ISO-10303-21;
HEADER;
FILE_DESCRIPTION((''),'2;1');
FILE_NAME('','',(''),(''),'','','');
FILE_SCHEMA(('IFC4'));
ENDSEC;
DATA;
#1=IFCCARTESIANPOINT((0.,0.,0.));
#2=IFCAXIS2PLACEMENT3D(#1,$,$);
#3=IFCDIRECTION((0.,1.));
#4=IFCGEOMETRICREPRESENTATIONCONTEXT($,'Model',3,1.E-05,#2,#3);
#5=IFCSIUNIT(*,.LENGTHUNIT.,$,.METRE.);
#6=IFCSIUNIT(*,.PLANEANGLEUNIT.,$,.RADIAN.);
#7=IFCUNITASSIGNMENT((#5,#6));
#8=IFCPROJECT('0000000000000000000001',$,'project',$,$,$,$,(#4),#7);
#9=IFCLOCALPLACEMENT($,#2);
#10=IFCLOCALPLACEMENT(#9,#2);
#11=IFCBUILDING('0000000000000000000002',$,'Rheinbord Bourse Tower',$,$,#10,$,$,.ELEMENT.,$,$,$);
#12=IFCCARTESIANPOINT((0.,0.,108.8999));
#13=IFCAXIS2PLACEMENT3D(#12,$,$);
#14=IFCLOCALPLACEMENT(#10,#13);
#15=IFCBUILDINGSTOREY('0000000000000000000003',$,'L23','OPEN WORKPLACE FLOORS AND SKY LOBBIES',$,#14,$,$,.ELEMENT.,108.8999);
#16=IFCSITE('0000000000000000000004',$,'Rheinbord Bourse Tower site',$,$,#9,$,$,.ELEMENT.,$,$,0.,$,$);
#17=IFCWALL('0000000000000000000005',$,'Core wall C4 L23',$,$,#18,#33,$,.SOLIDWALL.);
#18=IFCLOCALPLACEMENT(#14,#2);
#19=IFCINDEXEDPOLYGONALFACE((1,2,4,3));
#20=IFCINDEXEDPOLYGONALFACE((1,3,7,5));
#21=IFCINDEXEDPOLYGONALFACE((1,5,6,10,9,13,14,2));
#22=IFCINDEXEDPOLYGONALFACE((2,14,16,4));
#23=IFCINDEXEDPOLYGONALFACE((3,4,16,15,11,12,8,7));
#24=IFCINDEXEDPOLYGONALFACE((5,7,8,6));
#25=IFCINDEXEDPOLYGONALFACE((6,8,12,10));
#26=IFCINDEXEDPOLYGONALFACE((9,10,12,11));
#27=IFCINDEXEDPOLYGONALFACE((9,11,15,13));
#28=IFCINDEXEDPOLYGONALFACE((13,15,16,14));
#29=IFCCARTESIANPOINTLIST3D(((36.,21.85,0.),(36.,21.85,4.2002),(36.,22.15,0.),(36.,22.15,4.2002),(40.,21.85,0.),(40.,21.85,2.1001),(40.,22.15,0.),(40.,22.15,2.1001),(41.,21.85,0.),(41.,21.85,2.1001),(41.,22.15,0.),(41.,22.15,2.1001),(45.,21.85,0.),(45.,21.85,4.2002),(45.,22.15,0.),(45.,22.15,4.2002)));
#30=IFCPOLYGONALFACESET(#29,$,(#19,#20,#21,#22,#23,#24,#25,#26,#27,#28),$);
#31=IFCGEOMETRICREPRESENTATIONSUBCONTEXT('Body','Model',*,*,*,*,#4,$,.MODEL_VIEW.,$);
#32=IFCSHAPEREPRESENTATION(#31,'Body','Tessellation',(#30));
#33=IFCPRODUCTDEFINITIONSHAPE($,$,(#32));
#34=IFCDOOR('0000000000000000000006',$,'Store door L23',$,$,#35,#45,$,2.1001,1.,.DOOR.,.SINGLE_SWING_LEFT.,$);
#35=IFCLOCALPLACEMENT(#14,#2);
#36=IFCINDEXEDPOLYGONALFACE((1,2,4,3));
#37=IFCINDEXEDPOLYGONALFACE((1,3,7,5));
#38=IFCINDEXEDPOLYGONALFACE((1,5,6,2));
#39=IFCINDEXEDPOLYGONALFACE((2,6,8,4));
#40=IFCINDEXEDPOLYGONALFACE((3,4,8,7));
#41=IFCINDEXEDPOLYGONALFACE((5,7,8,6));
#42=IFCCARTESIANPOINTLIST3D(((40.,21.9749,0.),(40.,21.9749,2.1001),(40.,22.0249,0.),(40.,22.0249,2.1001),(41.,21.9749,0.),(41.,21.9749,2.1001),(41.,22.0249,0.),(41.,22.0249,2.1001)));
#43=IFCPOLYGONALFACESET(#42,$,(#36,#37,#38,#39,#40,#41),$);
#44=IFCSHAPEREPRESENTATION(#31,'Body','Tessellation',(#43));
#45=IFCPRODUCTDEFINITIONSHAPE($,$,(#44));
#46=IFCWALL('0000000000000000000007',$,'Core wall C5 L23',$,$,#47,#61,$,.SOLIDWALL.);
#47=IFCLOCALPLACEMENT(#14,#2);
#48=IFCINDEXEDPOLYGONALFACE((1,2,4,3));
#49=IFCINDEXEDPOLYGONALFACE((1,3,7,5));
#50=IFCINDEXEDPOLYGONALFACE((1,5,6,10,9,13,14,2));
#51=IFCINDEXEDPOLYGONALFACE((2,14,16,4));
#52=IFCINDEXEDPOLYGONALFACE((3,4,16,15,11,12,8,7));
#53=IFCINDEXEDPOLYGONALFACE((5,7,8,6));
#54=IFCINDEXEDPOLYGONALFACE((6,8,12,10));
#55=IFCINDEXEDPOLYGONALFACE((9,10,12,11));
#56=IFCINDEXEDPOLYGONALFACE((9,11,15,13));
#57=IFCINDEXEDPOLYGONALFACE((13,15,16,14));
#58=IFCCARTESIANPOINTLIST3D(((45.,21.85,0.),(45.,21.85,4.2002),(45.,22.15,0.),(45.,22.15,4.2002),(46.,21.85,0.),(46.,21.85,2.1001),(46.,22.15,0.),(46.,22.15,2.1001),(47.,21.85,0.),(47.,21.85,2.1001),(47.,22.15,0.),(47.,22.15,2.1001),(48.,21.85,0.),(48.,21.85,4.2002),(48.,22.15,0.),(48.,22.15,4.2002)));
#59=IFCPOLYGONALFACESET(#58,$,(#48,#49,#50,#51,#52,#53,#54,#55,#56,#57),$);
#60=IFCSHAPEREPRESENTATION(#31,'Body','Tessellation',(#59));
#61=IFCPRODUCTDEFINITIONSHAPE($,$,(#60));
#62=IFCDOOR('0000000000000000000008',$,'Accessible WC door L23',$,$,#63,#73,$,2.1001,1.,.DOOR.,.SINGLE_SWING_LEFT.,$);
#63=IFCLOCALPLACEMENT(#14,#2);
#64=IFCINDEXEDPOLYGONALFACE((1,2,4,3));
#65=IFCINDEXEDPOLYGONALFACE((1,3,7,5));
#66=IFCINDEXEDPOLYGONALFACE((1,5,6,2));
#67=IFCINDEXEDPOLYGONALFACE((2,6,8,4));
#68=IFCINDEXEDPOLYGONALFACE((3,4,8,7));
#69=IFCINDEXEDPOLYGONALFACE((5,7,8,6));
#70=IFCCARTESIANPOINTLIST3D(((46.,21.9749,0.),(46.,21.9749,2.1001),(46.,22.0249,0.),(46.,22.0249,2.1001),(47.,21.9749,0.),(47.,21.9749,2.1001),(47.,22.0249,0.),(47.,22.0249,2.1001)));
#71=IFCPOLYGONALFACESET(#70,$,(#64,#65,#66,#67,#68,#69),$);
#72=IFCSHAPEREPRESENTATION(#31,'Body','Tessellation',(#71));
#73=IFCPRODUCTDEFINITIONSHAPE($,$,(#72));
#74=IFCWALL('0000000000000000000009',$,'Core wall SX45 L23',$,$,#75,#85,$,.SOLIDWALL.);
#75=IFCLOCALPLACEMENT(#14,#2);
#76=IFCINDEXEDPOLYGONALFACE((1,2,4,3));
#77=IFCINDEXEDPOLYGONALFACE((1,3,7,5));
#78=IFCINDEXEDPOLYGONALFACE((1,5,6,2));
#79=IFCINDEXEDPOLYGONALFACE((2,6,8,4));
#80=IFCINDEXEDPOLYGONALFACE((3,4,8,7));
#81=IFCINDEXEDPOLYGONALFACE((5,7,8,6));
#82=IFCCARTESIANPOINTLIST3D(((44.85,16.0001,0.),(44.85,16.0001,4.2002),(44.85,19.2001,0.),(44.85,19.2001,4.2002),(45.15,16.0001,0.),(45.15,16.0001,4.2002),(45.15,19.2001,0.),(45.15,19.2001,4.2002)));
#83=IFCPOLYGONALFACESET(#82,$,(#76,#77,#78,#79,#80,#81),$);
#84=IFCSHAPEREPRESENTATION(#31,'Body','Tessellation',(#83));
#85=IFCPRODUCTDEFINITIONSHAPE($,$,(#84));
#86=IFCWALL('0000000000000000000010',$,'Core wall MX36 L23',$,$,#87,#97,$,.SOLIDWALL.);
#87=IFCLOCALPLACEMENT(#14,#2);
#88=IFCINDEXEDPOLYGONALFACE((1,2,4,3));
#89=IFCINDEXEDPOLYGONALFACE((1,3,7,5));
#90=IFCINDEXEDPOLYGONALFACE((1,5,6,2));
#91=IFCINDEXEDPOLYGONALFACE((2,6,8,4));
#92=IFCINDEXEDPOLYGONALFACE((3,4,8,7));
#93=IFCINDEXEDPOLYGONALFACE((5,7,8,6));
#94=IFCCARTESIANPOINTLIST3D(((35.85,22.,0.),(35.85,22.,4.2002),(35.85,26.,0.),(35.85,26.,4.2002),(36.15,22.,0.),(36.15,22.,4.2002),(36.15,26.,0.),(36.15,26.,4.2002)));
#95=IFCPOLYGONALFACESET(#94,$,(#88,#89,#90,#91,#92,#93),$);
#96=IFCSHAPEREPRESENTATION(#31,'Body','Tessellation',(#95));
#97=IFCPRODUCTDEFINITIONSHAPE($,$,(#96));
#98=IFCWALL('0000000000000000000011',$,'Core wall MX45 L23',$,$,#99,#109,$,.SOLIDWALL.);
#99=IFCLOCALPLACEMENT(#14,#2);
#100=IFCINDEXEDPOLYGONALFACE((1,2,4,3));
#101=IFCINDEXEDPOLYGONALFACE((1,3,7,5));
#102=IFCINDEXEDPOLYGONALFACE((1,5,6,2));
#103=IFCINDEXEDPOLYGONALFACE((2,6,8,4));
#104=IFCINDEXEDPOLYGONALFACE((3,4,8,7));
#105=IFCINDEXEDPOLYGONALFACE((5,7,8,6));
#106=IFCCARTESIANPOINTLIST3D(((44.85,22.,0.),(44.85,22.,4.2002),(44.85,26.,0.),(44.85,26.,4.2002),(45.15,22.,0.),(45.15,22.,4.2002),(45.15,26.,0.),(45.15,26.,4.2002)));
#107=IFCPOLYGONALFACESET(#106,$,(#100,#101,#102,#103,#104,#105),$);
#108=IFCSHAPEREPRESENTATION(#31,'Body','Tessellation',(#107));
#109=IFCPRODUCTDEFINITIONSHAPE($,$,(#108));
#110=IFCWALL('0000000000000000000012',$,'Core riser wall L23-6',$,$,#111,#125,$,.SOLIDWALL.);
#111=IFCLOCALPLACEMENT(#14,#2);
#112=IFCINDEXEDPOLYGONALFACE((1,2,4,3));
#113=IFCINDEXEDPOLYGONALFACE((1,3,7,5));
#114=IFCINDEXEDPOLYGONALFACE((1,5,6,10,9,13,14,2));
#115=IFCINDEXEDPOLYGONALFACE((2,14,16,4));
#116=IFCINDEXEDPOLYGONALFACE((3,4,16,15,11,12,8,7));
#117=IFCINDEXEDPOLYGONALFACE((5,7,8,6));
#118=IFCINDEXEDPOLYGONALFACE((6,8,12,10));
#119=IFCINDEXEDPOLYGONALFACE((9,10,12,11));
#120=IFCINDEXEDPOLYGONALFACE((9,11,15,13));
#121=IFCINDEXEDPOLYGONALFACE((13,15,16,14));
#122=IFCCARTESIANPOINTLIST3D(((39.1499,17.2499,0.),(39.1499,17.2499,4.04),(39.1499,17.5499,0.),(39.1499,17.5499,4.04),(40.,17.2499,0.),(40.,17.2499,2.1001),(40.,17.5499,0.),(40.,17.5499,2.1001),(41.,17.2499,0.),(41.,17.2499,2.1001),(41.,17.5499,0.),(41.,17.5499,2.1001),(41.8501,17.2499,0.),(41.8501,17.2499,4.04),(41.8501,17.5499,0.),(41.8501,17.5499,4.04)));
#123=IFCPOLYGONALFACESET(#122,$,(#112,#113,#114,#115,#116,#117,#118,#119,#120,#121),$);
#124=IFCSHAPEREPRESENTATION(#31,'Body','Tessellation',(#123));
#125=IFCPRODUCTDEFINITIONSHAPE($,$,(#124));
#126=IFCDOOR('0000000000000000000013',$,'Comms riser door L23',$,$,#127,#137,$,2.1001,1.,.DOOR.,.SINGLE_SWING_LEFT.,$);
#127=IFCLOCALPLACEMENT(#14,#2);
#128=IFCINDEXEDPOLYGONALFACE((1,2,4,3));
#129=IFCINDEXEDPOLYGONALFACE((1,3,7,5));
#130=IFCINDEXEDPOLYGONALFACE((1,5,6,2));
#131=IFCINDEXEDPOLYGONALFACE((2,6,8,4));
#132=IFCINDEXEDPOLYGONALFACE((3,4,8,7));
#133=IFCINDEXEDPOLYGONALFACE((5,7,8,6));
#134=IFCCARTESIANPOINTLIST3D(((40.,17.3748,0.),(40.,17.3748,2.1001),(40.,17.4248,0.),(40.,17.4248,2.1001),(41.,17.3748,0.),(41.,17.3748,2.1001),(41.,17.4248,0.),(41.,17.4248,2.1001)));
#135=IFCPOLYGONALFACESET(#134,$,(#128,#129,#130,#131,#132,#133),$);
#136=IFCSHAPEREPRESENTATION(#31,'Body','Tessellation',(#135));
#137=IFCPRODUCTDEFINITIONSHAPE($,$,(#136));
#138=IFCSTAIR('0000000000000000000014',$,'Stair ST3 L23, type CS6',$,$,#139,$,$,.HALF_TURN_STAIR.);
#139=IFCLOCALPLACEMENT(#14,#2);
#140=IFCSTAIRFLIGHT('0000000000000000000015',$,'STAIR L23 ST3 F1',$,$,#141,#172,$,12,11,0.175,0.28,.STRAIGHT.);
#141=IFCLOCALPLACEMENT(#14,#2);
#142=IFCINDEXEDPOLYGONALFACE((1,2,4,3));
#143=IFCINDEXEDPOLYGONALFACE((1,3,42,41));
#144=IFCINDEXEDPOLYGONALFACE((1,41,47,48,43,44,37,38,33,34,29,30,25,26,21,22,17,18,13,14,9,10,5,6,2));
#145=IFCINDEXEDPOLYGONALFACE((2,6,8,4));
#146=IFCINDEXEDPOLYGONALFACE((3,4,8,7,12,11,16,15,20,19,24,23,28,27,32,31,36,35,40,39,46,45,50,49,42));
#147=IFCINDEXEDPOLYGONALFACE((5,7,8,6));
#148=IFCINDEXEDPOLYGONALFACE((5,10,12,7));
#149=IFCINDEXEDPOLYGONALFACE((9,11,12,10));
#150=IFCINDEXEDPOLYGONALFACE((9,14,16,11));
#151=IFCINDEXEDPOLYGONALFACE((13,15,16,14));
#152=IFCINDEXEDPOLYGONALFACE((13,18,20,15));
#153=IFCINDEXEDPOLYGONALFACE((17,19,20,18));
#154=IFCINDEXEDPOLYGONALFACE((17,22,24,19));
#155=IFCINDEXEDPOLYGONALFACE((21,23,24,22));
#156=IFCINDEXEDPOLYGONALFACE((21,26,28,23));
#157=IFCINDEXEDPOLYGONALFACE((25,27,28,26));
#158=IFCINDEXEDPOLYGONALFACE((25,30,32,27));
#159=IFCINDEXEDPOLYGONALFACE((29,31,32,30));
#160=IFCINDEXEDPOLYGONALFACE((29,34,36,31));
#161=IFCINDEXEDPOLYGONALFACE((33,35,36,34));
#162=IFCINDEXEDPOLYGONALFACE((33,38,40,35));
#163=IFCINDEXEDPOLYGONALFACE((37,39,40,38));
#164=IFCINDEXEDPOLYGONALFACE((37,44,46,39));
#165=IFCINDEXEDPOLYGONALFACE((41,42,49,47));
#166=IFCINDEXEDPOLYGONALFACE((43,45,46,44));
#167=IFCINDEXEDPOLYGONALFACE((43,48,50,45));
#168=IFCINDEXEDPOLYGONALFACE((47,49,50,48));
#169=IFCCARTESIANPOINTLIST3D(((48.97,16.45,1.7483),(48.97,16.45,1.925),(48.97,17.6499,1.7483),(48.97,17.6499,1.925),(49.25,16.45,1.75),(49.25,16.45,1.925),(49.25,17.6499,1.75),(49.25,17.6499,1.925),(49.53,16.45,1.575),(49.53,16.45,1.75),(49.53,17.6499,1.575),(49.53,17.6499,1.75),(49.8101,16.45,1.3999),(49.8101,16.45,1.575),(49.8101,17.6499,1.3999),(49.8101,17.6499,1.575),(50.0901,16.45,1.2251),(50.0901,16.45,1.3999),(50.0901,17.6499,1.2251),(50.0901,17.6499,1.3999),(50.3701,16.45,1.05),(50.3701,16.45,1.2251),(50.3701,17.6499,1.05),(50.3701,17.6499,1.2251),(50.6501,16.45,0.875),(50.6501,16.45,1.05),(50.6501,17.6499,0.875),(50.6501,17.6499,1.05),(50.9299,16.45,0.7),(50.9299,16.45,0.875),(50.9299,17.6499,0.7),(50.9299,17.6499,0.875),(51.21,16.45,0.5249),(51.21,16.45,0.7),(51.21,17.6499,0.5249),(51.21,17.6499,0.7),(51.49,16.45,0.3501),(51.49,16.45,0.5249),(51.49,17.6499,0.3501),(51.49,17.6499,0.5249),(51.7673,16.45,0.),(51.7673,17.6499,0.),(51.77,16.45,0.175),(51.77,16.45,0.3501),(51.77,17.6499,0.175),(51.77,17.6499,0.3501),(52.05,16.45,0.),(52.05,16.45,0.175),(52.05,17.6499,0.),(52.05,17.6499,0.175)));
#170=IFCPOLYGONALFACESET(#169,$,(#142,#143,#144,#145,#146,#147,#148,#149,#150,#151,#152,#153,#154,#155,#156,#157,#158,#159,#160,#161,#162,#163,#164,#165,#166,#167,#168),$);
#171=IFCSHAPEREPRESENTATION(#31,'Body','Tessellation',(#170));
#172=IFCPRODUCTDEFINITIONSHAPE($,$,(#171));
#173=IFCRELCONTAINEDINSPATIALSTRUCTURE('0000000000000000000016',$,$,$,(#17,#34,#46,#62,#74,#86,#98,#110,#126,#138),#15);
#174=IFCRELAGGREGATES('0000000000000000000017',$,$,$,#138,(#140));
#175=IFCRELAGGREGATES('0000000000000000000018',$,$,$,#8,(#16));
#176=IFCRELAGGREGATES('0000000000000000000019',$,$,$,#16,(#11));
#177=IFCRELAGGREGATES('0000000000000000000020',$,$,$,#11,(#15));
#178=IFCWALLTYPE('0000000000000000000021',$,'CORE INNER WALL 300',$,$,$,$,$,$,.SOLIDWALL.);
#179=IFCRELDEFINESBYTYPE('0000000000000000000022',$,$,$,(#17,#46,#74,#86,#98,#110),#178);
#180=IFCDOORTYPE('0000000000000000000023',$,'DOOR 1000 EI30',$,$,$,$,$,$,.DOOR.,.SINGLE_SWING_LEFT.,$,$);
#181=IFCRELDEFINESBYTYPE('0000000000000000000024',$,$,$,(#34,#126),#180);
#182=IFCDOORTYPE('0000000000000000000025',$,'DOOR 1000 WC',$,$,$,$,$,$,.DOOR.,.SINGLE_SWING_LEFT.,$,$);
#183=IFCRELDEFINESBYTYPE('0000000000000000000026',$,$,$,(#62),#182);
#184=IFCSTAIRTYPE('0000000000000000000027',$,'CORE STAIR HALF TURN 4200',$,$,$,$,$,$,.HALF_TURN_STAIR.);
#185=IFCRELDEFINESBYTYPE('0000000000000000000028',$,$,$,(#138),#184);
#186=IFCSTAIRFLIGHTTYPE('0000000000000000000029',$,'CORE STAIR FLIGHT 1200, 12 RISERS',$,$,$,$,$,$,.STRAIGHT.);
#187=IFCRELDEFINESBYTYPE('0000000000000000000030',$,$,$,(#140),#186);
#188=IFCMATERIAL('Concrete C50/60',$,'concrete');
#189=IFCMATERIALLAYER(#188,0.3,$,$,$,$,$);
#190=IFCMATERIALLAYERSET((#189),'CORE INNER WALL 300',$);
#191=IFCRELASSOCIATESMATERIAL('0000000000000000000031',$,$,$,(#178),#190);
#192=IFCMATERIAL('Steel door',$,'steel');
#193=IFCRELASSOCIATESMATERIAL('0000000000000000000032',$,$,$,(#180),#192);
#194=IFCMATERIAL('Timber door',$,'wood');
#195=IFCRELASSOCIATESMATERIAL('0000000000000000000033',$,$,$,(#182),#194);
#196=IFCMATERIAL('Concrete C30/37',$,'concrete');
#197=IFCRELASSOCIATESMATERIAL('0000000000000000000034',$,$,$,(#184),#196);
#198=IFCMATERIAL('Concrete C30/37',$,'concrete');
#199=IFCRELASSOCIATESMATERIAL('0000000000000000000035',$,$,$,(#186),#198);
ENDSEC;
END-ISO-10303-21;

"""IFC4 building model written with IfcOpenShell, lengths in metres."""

from ifc_helpers import new_model, si_unit, direction, frame, frame_2d, origin, place, context, subcontext, project, spatial, polyline, rectangle, outline, extrude, material, layer, layer_set, type_object, element, fill, aggregate, save


model = new_model("IFC4")

# Units and contexts
model_context = context("Model", 3, precision=1e-05, world=origin(), true_north=direction((0.0, 1.0)))
body_context = subcontext(model_context, "Body", "Model", "MODEL_VIEW")
ifc_project = project(units=[si_unit("LENGTHUNIT", "METRE"), si_unit("PLANEANGLEUNIT", "RADIAN")], contexts=[model_context])

# Site, building, storey
site_placement = place(None, origin())
site = spatial("IfcSite", under=ifc_project, at=site_placement, Name="Rheinbord Bourse Tower site", CompositionType="ELEMENT", RefElevation=0.0)
building_placement = place(site_placement, origin())
building = spatial("IfcBuilding", under=site, at=building_placement, Name="Rheinbord Bourse Tower", CompositionType="ELEMENT")
storey_placement = place(building_placement, frame((0.0, 0.0, 108.8999)))
storey = spatial("IfcBuildingStorey", under=building, at=storey_placement, Name="L23", Description="OPEN WORKPLACE FLOORS AND SKY LOBBIES", CompositionType="ELEMENT", Elevation=108.8999)

# Shared definitions
ifc_material_1 = material(Name="Concrete C50/60", Category="concrete")
ifc_layer = layer(ifc_material_1, 0.3)
ifc_layer_set = layer_set([ifc_layer], Name="CORE INNER WALL 300")
wall_type = type_object("IfcWallType", Name="CORE INNER WALL 300", PredefinedType="SOLIDWALL", material=ifc_layer_set)
ifc_material_2 = material(Name="Steel door", Category="steel")
door_type_1 = type_object("IfcDoorType", Name="DOOR 1000 EI30", OperationType="SINGLE_SWING_LEFT", PredefinedType="DOOR", material=ifc_material_2)

# Walls, openings, doors
wall_1_placement = place(storey_placement, frame((36.0, 22.0, 0.0), z_axis=(0.0, 0.0, 1.0), x_axis=(1.0, 0.0, 0.0)))
wall_1 = element("IfcWall", 1, at=wall_1_placement, inside=storey, type_object=wall_type, Name="Core wall C4 L23", PredefinedType="SOLIDWALL", context=body_context, shape_type="SweptSolid", body=[
    extrude(rectangle(XDim=9.0, YDim=0.3, at=frame_2d((4.5, 0.0))), origin(), (0.0, 0.0, 1.0), 4.2002),
])
opening_1_placement = place(wall_1_placement, frame((4.0, 0.0, 0.0)))
opening_1 = element("IfcOpeningElement", 2, at=opening_1_placement, cuts=wall_1, PredefinedType="OPENING", context=body_context, shape_type="SweptSolid", body=[
    extrude(rectangle(XDim=1.0, YDim=2.1001, at=frame_2d((0.5, 1.05))), frame((0.0, 0.1599, 0.0), z_axis=(0.0, -1.0, 0.0), x_axis=(1.0, 0.0, 0.0)), (0.0, 0.0, 1.0), 0.3201),
])
door_1_placement = place(opening_1_placement, origin())
door_1 = element("IfcDoor", 3, at=door_1_placement, inside=storey, type_object=door_type_1, Name="Store door L23", OperationType="SINGLE_SWING_LEFT", OverallHeight=2.1001, OverallWidth=1.0, PredefinedType="DOOR", context=body_context, shape_type="SweptSolid", body=[
    extrude(rectangle(XDim=1.0, YDim=2.1001, at=frame_2d((0.5, 1.05))), frame((0.0, 0.0249, 0.0), z_axis=(0.0, -1.0, 0.0), x_axis=(1.0, 0.0, 0.0)), (0.0, 0.0, 1.0), 0.05),
])
fill(opening_1, door_1)
wall_2_placement = place(storey_placement, frame((45.0, 22.0, 0.0), z_axis=(0.0, 0.0, 1.0), x_axis=(1.0, 0.0, 0.0)))
wall_2 = element("IfcWall", 4, at=wall_2_placement, inside=storey, type_object=wall_type, Name="Core wall C5 L23", PredefinedType="SOLIDWALL", context=body_context, shape_type="SweptSolid", body=[
    extrude(rectangle(XDim=3.0, YDim=0.3, at=frame_2d((1.5, 0.0))), origin(), (0.0, 0.0, 1.0), 4.2002),
])
opening_2_placement = place(wall_2_placement, frame((1.0, 0.0, 0.0)))
opening_2 = element("IfcOpeningElement", 5, at=opening_2_placement, cuts=wall_2, PredefinedType="OPENING", context=body_context, shape_type="SweptSolid", body=[
    extrude(rectangle(XDim=1.0, YDim=2.1001, at=frame_2d((0.5, 1.05))), frame((0.0, 0.1599, 0.0), z_axis=(0.0, -1.0, 0.0), x_axis=(1.0, 0.0, 0.0)), (0.0, 0.0, 1.0), 0.3201),
])
ifc_material_3 = material(Name="Timber door", Category="wood")
door_type_2 = type_object("IfcDoorType", Name="DOOR 1000 WC", OperationType="SINGLE_SWING_LEFT", PredefinedType="DOOR", material=ifc_material_3)
door_2_placement = place(opening_2_placement, origin())
door_2 = element("IfcDoor", 6, at=door_2_placement, inside=storey, type_object=door_type_2, Name="Accessible WC door L23", OperationType="SINGLE_SWING_LEFT", OverallHeight=2.1001, OverallWidth=1.0, PredefinedType="DOOR", context=body_context, shape_type="SweptSolid", body=[
    extrude(rectangle(XDim=1.0, YDim=2.1001, at=frame_2d((0.5, 1.05))), frame((0.0, 0.0249, 0.0), z_axis=(0.0, -1.0, 0.0), x_axis=(1.0, 0.0, 0.0)), (0.0, 0.0, 1.0), 0.05),
])
fill(opening_2, door_2)

# Walls
wall_3_placement = place(storey_placement, frame((45.0, 16.0, 0.0), z_axis=(0.0, 0.0, 1.0), x_axis=(0.0, 1.0, 0.0)))
element("IfcWall", 7, at=wall_3_placement, inside=storey, type_object=wall_type, Name="Core wall SX45 L23", PredefinedType="SOLIDWALL", context=body_context, shape_type="SweptSolid", body=[
    extrude(rectangle(XDim=3.2, YDim=0.3, at=frame_2d((1.6001, 0.0))), origin(), (0.0, 0.0, 1.0), 4.2002),
])
for number, where, z_axis, x_axis, name in (
    (8, (36.0, 22.0, 0.0), (0.0, 0.0, 1.0), (0.0, 1.0, 0.0), "Core wall MX36 L23"),
    (9, (45.0, 22.0, 0.0), (0.0, 0.0, 1.0), (0.0, 1.0, 0.0), "Core wall MX45 L23"),
):
    element("IfcWall", number, at=place(storey_placement, frame(where, z_axis=z_axis, x_axis=x_axis)), inside=storey, type_object=wall_type, Name=name, PredefinedType="SOLIDWALL", context=body_context, shape_type="SweptSolid", body=[
        extrude(rectangle(XDim=4.0, YDim=0.3, at=frame_2d((2.0, 0.0))), origin(), (0.0, 0.0, 1.0), 4.2002),
    ])

# Wall, opening, door
wall_4_placement = place(storey_placement, frame((39.1499, 17.3999, 0.0), z_axis=(0.0, 0.0, 1.0), x_axis=(1.0, 0.0, 0.0)))
wall_4 = element("IfcWall", 10, at=wall_4_placement, inside=storey, type_object=wall_type, Name="Core riser wall L23-6", PredefinedType="SOLIDWALL", context=body_context, shape_type="SweptSolid", body=[
    extrude(rectangle(XDim=2.7002, YDim=0.3, at=frame_2d((1.3501, 0.0))), origin(), (0.0, 0.0, 1.0), 4.04),
])
opening_3_placement = place(wall_4_placement, frame((0.8501, 0.0, 0.0)))
opening_3 = element("IfcOpeningElement", 11, at=opening_3_placement, cuts=wall_4, PredefinedType="OPENING", context=body_context, shape_type="SweptSolid", body=[
    extrude(rectangle(XDim=1.0, YDim=2.1001, at=frame_2d((0.5, 1.05))), frame((0.0, 0.1599, 0.0), z_axis=(0.0, -1.0, 0.0), x_axis=(1.0, 0.0, 0.0)), (0.0, 0.0, 1.0), 0.3201),
])
door_3_placement = place(opening_3_placement, origin())
door_3 = element("IfcDoor", 12, at=door_3_placement, inside=storey, type_object=door_type_1, Name="Comms riser door L23", OperationType="SINGLE_SWING_LEFT", OverallHeight=2.1001, OverallWidth=1.0, PredefinedType="DOOR", context=body_context, shape_type="SweptSolid", body=[
    extrude(rectangle(XDim=1.0, YDim=2.1001, at=frame_2d((0.5, 1.05))), frame((0.0, 0.0249, 0.0), z_axis=(0.0, -1.0, 0.0), x_axis=(1.0, 0.0, 0.0)), (0.0, 0.0, 1.0), 0.05),
])
fill(opening_3, door_3)

# Stair, stair flight
ifc_material_4 = material(Name="Concrete C30/37", Category="concrete")
stair_type = type_object("IfcStairType", Name="CORE STAIR HALF TURN 4200", PredefinedType="HALF_TURN_STAIR", material=ifc_material_4)
stair_placement = place(storey_placement, origin())
stair = element("IfcStair", 13, at=stair_placement, inside=storey, type_object=stair_type, Name="Stair ST3 L23, type CS6", PredefinedType="HALF_TURN_STAIR")
ifc_material_5 = material(Name="Concrete C30/37", Category="concrete")
stair_flight_type = type_object("IfcStairFlightType", Name="CORE STAIR FLIGHT 1200, 12 RISERS", PredefinedType="STRAIGHT", material=ifc_material_5)
stair_flight_1_placement = place(storey_placement, frame((52.05, 17.05, 0.0), z_axis=(0.0, 0.0, 1.0), x_axis=(-1.0, 0.0, 0.0)))
stair_flight_1 = element("IfcStairFlight", 14, at=stair_flight_1_placement, type_object=stair_flight_type, Name="STAIR L23 ST3 F1", NumberOfRisers=12, NumberOfTreads=11, PredefinedType="STRAIGHT", RiserHeight=0.175, TreadLength=0.28, context=body_context, shape_type="SweptSolid", body=[
    extrude(outline(polyline([(0.0, 0.0), (0.0, 0.175), (0.28, 0.175), (0.28, 0.3501), (0.5601, 0.3501), (0.5601, 0.5249), (0.8401, 0.5249), (0.8401, 0.7), (1.1201, 0.7), (1.1201, 0.875), (1.3999, 0.875), (1.3999, 1.05), (1.6799, 1.05), (1.6799, 1.2251), (1.96, 1.2251), (1.96, 1.3999), (2.24, 1.3999), (2.24, 1.575), (2.52, 1.575), (2.52, 1.75), (2.8, 1.75), (2.8, 1.925), (3.0801, 1.925), (3.0801, 2.1001), (3.0801, 1.7483), (0.2827, 0.0), (0.0, 0.0)])), frame((0.0, 0.6001, 0.0), z_axis=(0.0, -1.0, 0.0), x_axis=(1.0, 0.0, 0.0)), (0.0, 0.0, 1.0), 1.2),
])
aggregate(stair, [stair_flight_1])

save(model, "model.ifc")
